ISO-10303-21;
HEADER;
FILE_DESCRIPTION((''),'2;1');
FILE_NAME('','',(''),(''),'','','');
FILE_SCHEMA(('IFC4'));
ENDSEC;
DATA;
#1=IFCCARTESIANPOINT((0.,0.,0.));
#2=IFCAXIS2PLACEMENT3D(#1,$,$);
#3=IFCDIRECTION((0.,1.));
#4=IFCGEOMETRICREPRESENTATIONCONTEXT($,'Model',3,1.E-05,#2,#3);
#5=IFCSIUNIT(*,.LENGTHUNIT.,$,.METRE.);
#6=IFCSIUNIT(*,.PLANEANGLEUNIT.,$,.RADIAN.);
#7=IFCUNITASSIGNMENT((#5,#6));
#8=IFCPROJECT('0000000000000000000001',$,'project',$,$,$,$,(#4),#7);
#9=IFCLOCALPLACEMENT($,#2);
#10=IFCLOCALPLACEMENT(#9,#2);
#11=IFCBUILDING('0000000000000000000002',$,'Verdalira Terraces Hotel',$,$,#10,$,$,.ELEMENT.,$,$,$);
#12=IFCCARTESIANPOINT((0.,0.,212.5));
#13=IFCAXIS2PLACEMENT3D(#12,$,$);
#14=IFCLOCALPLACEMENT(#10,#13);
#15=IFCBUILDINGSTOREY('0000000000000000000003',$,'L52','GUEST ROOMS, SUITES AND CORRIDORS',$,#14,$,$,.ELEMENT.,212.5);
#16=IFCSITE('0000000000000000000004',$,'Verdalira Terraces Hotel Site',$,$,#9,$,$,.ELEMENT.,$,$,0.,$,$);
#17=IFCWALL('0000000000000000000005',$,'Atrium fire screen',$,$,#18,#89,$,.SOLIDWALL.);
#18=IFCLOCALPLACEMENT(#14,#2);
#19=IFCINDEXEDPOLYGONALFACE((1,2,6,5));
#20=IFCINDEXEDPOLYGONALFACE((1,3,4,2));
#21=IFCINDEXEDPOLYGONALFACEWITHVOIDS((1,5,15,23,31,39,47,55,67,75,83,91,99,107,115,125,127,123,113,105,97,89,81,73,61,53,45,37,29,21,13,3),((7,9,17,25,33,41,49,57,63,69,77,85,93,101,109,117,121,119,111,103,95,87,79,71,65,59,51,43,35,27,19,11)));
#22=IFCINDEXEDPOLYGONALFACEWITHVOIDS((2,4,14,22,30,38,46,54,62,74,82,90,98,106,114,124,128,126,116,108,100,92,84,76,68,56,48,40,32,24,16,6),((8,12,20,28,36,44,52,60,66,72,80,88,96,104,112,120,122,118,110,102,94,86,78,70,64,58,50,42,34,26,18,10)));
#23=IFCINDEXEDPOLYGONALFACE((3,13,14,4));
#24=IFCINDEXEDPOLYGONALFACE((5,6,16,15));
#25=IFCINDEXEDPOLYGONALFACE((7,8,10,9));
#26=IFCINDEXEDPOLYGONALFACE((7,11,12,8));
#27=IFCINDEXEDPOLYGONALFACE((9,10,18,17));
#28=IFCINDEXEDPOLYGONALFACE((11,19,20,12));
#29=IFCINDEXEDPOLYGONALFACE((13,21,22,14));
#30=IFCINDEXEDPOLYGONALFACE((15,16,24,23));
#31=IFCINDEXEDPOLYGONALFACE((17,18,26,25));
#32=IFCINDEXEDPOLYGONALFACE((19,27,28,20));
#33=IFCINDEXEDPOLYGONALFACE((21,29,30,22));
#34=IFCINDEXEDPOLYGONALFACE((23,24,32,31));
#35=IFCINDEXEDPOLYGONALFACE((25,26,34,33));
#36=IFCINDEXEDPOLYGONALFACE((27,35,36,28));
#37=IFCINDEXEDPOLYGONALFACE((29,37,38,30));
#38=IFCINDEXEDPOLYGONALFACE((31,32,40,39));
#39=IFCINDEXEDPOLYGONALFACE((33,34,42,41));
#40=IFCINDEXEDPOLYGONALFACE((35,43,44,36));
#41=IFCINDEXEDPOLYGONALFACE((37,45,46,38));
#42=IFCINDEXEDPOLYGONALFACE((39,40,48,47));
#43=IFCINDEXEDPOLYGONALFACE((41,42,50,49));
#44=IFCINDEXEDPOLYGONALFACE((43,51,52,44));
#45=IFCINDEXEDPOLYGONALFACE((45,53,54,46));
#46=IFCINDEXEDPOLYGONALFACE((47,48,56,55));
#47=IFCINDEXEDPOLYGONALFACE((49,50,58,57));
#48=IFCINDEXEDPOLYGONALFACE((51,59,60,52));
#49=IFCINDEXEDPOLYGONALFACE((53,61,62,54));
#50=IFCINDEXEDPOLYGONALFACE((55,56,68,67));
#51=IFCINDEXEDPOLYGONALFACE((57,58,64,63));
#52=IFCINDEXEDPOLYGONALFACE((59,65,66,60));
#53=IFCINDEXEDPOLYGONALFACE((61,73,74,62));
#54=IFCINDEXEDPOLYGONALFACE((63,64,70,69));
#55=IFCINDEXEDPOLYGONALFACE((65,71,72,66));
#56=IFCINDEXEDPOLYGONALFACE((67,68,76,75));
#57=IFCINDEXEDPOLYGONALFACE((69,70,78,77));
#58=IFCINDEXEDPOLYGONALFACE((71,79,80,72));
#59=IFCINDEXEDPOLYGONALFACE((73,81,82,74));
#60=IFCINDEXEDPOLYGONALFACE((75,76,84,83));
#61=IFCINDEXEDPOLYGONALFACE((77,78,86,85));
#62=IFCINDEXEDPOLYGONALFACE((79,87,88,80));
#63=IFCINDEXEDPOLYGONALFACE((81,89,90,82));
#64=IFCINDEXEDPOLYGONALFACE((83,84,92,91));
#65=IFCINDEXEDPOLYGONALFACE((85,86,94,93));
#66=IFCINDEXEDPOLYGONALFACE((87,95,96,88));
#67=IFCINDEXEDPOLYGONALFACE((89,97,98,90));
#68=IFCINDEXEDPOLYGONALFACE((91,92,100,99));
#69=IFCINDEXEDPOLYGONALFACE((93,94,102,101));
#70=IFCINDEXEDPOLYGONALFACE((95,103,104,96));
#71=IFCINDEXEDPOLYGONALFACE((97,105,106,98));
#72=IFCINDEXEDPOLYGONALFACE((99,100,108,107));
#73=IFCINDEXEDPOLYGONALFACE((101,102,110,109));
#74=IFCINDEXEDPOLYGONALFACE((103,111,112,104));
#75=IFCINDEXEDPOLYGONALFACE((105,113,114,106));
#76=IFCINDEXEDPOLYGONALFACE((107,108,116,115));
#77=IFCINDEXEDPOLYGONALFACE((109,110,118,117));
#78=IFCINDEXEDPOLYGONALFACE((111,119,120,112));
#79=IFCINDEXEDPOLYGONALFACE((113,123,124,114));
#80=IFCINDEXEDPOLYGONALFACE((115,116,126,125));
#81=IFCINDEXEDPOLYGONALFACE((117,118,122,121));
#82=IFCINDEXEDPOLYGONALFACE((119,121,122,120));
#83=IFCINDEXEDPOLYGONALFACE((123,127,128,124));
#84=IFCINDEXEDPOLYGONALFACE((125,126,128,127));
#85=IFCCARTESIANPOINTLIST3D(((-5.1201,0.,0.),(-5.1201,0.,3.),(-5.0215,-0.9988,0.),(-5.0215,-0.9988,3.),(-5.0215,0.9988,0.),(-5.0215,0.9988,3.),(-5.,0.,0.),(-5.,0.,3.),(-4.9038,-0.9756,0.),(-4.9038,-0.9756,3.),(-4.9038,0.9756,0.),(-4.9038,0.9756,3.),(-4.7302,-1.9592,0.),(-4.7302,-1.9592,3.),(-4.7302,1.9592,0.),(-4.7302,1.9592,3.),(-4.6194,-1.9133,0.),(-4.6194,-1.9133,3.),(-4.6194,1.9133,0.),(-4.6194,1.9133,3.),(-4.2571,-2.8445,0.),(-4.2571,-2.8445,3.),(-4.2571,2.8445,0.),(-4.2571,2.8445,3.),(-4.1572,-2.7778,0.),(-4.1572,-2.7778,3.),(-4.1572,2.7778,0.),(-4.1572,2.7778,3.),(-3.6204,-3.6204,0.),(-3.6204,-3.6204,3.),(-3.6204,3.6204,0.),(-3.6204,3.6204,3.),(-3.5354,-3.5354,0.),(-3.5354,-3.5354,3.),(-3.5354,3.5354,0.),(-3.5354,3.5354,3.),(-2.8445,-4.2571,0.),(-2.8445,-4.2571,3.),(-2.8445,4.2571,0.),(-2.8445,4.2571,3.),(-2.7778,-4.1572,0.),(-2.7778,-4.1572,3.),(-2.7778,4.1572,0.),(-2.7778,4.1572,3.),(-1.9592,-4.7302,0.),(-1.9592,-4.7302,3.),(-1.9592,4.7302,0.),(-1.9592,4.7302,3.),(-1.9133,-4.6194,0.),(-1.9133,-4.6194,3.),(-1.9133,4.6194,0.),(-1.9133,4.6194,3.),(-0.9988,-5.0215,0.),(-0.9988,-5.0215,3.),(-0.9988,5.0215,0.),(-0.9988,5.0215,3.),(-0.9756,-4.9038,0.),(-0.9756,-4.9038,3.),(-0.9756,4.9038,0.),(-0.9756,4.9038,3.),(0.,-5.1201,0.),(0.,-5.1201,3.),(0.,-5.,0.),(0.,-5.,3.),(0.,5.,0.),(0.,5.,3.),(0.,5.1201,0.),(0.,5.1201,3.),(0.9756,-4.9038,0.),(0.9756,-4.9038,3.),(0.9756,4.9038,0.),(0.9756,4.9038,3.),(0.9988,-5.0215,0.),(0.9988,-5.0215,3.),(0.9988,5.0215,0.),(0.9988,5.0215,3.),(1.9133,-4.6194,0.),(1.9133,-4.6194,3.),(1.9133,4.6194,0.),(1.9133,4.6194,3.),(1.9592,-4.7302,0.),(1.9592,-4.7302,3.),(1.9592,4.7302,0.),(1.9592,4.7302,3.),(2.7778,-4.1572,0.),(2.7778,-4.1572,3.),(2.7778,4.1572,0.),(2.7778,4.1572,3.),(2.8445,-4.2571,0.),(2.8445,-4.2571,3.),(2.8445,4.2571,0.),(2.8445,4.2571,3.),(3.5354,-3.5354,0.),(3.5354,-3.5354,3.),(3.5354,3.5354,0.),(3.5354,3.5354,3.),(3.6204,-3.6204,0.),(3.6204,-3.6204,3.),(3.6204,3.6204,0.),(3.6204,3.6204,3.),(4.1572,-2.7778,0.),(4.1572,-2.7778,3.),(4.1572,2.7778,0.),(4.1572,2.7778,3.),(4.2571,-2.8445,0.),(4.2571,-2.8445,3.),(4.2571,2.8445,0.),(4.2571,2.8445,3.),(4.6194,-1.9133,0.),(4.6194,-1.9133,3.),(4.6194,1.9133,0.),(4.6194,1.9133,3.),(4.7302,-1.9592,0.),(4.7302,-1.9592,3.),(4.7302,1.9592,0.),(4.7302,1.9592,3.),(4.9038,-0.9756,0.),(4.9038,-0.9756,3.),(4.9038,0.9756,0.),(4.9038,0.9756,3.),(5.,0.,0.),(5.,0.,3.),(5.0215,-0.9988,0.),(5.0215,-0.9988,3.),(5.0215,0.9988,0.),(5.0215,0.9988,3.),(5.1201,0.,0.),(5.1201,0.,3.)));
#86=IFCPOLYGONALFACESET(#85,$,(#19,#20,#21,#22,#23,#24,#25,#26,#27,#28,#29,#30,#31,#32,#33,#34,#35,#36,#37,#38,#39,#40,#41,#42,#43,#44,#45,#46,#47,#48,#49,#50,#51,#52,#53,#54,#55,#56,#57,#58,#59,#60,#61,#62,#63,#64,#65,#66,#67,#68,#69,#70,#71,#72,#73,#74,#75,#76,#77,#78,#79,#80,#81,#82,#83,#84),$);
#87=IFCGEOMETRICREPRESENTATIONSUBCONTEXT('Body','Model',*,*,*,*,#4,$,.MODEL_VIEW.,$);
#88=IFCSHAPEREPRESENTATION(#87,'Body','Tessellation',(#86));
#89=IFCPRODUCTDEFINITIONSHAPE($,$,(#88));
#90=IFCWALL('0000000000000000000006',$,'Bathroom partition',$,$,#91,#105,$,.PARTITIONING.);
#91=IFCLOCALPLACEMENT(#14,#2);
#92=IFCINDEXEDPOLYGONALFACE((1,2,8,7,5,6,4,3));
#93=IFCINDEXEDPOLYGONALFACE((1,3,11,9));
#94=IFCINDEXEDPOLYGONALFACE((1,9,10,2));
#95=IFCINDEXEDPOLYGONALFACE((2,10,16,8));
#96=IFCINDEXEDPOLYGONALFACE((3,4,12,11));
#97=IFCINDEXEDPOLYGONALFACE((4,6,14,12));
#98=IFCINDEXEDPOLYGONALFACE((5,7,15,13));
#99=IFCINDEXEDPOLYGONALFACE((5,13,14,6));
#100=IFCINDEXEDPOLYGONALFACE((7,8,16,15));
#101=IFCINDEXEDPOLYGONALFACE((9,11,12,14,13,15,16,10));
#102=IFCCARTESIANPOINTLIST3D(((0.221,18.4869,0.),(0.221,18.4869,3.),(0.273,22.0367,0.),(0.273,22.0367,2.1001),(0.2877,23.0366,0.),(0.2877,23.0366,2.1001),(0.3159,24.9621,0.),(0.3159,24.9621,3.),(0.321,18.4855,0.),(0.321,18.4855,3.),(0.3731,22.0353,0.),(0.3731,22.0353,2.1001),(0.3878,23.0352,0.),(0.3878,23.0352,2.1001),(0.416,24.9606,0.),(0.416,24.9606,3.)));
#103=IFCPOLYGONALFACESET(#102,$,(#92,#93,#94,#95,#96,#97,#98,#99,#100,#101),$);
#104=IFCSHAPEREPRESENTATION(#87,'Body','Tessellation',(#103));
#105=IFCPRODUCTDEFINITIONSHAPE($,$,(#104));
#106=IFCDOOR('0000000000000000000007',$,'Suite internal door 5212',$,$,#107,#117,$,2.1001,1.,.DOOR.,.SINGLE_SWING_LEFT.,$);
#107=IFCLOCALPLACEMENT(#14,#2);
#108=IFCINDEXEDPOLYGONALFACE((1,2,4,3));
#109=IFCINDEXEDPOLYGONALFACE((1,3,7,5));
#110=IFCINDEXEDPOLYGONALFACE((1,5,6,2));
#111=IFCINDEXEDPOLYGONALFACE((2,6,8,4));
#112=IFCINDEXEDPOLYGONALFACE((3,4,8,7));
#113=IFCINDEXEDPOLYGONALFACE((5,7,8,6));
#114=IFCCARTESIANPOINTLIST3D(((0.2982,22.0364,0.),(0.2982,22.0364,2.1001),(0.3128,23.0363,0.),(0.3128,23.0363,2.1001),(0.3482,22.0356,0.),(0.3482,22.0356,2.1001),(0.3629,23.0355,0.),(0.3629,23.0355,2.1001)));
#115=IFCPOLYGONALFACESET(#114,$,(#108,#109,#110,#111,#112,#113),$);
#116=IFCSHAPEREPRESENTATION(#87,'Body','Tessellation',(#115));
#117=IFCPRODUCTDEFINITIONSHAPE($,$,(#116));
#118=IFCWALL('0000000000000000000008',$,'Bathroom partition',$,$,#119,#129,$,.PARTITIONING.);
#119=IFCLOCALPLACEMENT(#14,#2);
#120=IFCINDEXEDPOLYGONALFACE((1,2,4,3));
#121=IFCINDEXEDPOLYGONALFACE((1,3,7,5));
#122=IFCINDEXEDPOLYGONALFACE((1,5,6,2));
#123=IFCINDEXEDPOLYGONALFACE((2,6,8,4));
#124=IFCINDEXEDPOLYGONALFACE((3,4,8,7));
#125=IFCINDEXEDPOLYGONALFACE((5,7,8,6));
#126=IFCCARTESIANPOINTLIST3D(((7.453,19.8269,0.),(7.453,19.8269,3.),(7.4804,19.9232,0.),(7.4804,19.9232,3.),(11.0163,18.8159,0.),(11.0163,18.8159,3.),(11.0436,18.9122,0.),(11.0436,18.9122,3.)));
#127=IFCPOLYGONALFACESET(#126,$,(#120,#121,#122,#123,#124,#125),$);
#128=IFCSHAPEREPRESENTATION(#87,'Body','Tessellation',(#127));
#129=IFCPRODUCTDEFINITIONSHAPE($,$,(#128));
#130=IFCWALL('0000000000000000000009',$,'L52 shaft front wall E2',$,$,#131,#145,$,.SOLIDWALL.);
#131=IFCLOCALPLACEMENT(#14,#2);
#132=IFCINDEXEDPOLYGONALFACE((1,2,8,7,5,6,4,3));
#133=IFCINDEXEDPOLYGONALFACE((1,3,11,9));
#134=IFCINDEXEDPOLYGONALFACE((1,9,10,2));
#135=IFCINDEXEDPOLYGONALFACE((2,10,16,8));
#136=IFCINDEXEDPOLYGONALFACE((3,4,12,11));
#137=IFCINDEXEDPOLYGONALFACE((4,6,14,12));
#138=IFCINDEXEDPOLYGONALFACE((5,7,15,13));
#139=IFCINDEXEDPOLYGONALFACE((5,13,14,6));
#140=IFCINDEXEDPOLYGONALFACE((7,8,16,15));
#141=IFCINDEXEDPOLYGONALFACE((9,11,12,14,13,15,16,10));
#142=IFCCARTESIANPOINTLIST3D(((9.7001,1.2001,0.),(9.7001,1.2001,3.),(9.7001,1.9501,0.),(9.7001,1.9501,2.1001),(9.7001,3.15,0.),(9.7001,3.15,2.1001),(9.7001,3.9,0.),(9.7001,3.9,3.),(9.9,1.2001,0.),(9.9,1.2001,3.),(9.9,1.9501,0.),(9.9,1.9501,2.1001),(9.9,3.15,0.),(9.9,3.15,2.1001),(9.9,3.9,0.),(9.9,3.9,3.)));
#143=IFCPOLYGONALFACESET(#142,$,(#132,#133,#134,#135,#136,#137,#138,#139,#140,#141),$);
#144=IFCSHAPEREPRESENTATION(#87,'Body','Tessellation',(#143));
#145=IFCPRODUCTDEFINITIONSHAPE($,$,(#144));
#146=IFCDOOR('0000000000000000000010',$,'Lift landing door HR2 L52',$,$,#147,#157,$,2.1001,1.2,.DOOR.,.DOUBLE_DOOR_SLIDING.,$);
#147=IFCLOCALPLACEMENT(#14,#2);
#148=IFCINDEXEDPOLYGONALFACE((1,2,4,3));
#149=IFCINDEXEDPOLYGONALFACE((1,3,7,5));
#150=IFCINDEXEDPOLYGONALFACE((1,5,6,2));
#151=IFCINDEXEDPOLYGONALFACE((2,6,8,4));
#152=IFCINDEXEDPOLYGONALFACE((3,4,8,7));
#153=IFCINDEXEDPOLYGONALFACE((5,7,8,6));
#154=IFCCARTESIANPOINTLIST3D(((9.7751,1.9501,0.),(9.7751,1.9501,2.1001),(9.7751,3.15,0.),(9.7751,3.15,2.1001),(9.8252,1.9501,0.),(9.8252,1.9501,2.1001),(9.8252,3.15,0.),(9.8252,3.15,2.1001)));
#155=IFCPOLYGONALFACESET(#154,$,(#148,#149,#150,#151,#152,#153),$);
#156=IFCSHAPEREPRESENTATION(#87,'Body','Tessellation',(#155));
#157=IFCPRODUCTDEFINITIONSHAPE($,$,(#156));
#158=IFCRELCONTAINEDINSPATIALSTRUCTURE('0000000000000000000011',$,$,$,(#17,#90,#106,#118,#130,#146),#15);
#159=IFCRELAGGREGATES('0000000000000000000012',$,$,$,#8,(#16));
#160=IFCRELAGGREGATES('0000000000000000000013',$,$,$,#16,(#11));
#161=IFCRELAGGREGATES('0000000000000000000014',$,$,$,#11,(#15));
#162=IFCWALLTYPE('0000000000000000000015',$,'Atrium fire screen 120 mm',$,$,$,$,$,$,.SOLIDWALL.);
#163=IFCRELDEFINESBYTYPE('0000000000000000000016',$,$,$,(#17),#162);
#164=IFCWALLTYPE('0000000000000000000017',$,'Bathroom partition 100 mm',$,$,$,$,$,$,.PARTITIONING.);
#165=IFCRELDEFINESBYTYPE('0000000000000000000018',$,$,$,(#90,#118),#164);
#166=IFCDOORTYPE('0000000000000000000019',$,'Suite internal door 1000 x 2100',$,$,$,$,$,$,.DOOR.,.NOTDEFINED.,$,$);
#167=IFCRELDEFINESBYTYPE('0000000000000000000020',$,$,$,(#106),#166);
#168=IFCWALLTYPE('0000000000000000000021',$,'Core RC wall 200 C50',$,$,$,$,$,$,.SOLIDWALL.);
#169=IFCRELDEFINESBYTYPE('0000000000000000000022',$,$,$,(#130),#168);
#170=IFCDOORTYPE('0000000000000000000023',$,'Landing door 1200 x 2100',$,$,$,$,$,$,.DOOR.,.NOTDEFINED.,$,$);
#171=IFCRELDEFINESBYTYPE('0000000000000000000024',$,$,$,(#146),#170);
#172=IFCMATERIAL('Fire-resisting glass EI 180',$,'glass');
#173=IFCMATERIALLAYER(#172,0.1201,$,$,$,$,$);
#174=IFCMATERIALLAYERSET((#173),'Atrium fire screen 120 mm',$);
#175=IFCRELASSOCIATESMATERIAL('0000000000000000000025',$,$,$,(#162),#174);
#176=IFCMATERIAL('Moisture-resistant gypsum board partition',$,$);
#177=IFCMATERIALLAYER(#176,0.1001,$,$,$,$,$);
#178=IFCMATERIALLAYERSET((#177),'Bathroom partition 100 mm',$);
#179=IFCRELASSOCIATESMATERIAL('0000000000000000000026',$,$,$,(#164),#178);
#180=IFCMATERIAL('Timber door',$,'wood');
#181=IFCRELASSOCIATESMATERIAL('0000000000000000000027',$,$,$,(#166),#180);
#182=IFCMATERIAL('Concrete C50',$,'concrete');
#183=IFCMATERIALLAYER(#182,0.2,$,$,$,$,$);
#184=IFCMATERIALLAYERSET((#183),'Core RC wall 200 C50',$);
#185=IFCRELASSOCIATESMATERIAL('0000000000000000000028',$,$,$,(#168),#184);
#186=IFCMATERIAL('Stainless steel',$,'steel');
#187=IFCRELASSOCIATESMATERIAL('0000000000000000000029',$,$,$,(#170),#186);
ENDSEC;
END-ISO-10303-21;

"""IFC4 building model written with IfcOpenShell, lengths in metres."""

from ifc_helpers import new_model, si_unit, direction, frame, frame_2d, origin, place, context, subcontext, project, spatial, polyline, rectangle, outline, extrude, material, layer, layer_set, type_object, element, fill, save


model = new_model("IFC4")

# Units and contexts
model_context = context("Model", 3, precision=1e-05, world=origin(), true_north=direction((0.0, 1.0)))
body_context = subcontext(model_context, "Body", "Model", "MODEL_VIEW")
ifc_project = project(units=[si_unit("LENGTHUNIT", "METRE"), si_unit("PLANEANGLEUNIT", "RADIAN")], contexts=[model_context])

# Site, building, storey
site_placement = place(None, origin())
site = spatial("IfcSite", under=ifc_project, at=site_placement, Name="Verdalira Terraces Hotel Site", CompositionType="ELEMENT", RefElevation=0.0)
building_placement = place(site_placement, origin())
building = spatial("IfcBuilding", under=site, at=building_placement, Name="Verdalira Terraces Hotel", CompositionType="ELEMENT")
storey_placement = place(building_placement, frame((0.0, 0.0, 212.5)))
storey = spatial("IfcBuildingStorey", under=building, at=storey_placement, Name="L52", Description="GUEST ROOMS, SUITES AND CORRIDORS", CompositionType="ELEMENT", Elevation=212.5)

# Wall
ifc_material_1 = material(Name="Fire-resisting glass EI 180", Category="glass")
ifc_layer_1 = layer(ifc_material_1, 0.1201)
ifc_layer_set_1 = layer_set([ifc_layer_1], Name="Atrium fire screen 120 mm")
wall_type_1 = type_object("IfcWallType", Name="Atrium fire screen 120 mm", PredefinedType="SOLIDWALL", material=ifc_layer_set_1)
wall_1_placement = place(storey_placement, origin())
element("IfcWall", 1, at=wall_1_placement, inside=storey, type_object=wall_type_1, Name="Atrium fire screen", PredefinedType="SOLIDWALL", context=body_context, shape_type="SweptSolid", body=[
    extrude(outline(polyline([(5.0215, -0.9988), (4.7302, -1.9592), (4.2571, -2.8445), (3.6204, -3.6204), (2.8445, -4.2571), (1.9592, -4.7302), (0.9988, -5.0215), (0.0, -5.1201), (-0.9988, -5.0215), (-1.9592, -4.7302), (-2.8445, -4.2571), (-3.6204, -3.6204), (-4.2571, -2.8445), (-4.7302, -1.9592), (-5.0215, -0.9988), (-5.1201, 0.0), (-5.0215, 0.9988), (-4.7302, 1.9592), (-4.2571, 2.8445), (-3.6204, 3.6204), (-2.8445, 4.2571), (-1.9592, 4.7302), (-0.9988, 5.0215), (0.0, 5.1201), (0.9988, 5.0215), (1.9592, 4.7302), (2.8445, 4.2571), (3.6204, 3.6204), (4.2571, 2.8445), (4.7302, 1.9592), (5.0215, 0.9988), (5.1201, 0.0), (5.0215, -0.9988)]), holes=[polyline([(4.9038, 0.9756), (4.6194, 1.9133), (4.1572, 2.7778), (3.5354, 3.5354), (2.7778, 4.1572), (1.9133, 4.6194), (0.9756, 4.9038), (0.0, 5.0), (-0.9756, 4.9038), (-1.9133, 4.6194), (-2.7778, 4.1572), (-3.5354, 3.5354), (-4.1572, 2.7778), (-4.6194, 1.9133), (-4.9038, 0.9756), (-5.0, 0.0), (-4.9038, -0.9756), (-4.6194, -1.9133), (-4.1572, -2.7778), (-3.5354, -3.5354), (-2.7778, -4.1572), (-1.9133, -4.6194), (-0.9756, -4.9038), (0.0, -5.0), (0.9756, -4.9038), (1.9133, -4.6194), (2.7778, -4.1572), (3.5354, -3.5354), (4.1572, -2.7778), (4.6194, -1.9133), (4.9038, -0.9756), (5.0, 0.0), (4.9038, 0.9756)])]), origin(), (0.0, 0.0, 1.0), 3.0),
])

# Wall, opening, door
ifc_material_2 = material(Name="Moisture-resistant gypsum board partition")
ifc_layer_2 = layer(ifc_material_2, 0.1001)
ifc_layer_set_2 = layer_set([ifc_layer_2], Name="Bathroom partition 100 mm")
wall_type_2 = type_object("IfcWallType", Name="Bathroom partition 100 mm", PredefinedType="PARTITIONING", material=ifc_layer_set_2)
wall_2_placement = place(storey_placement, frame((0.271, 18.4863, 0.0), z_axis=(0.0, 0.0, 1.0), x_axis=(0.014665, 0.999892, 0.0)))
wall_2 = element("IfcWall", 2, at=wall_2_placement, inside=storey, type_object=wall_type_2, Name="Bathroom partition", PredefinedType="PARTITIONING", context=body_context, shape_type="SweptSolid", body=[
    extrude(rectangle(XDim=6.4758, YDim=0.1001, at=frame_2d((3.2378, 0.0))), origin(), (0.0, 0.0, 1.0), 3.0),
])
opening_1_placement = place(wall_2_placement, frame((3.55, 0.0, 0.0)))
opening_1 = element("IfcOpeningElement", 3, at=opening_1_placement, cuts=wall_2, PredefinedType="OPENING", context=body_context, shape_type="SweptSolid", body=[
    extrude(rectangle(XDim=1.0, YDim=2.1001, at=frame_2d((0.5, 1.05))), frame((0.0, 0.0601, 0.0), z_axis=(0.0, -1.0, 0.0), x_axis=(1.0, 0.0, 0.0)), (0.0, 0.0, 1.0), 0.1201),
])
ifc_material_3 = material(Name="Timber door", Category="wood")
door_type_1 = type_object("IfcDoorType", Name="Suite internal door 1000 x 2100", OperationType="NOTDEFINED", PredefinedType="DOOR", material=ifc_material_3)
door_1_placement = place(opening_1_placement, origin())
door_1 = element("IfcDoor", 4, at=door_1_placement, inside=storey, type_object=door_type_1, Name="Suite internal door 5212", OperationType="SINGLE_SWING_LEFT", OverallHeight=2.1001, OverallWidth=1.0, PredefinedType="DOOR", context=body_context, shape_type="SweptSolid", body=[
    extrude(rectangle(XDim=1.0, YDim=2.1001, at=frame_2d((0.5, 1.05))), frame((0.0, 0.0249, 0.0), z_axis=(0.0, -1.0, 0.0), x_axis=(1.0, 0.0, 0.0)), (0.0, 0.0, 1.0), 0.05),
])
fill(opening_1, door_1)

# Wall
wall_3_placement = place(storey_placement, frame((11.03, 18.864, 0.0), z_axis=(0.0, 0.0, 1.0), x_axis=(-0.962027, 0.272953, 0.0)))
element("IfcWall", 5, at=wall_3_placement, inside=storey, type_object=wall_type_2, Name="Bathroom partition", PredefinedType="PARTITIONING", context=body_context, shape_type="SweptSolid", body=[
    extrude(rectangle(XDim=3.7039, YDim=0.1001, at=frame_2d((1.8521, 0.0))), origin(), (0.0, 0.0, 1.0), 3.0),
])

# Wall, opening, door
ifc_material_4 = material(Name="Concrete C50", Category="concrete")
ifc_layer_3 = layer(ifc_material_4, 0.2)
ifc_layer_set_3 = layer_set([ifc_layer_3], Name="Core RC wall 200 C50")
wall_type_3 = type_object("IfcWallType", Name="Core RC wall 200 C50", PredefinedType="SOLIDWALL", material=ifc_layer_set_3)
wall_4_placement = place(storey_placement, frame((9.8, 1.2, 0.0), z_axis=(0.0, 0.0, 1.0), x_axis=(0.0, 1.0, 0.0)))
wall_4 = element("IfcWall", 6, at=wall_4_placement, inside=storey, type_object=wall_type_3, Name="L52 shaft front wall E2", PredefinedType="SOLIDWALL", context=body_context, shape_type="SweptSolid", body=[
    extrude(rectangle(XDim=2.7, YDim=0.2, at=frame_2d((1.3501, 0.0))), origin(), (0.0, 0.0, 1.0), 3.0),
])
opening_2_placement = place(wall_4_placement, frame((0.75, 0.0, 0.0)))
opening_2 = element("IfcOpeningElement", 7, at=opening_2_placement, cuts=wall_4, PredefinedType="OPENING", context=body_context, shape_type="SweptSolid", body=[
    extrude(rectangle(XDim=1.2, YDim=2.1001, at=frame_2d((0.6001, 1.05))), frame((0.0, 0.1099, 0.0), z_axis=(0.0, -1.0, 0.0), x_axis=(1.0, 0.0, 0.0)), (0.0, 0.0, 1.0), 0.22),
])
ifc_material_5 = material(Name="Stainless steel", Category="steel")
door_type_2 = type_object("IfcDoorType", Name="Landing door 1200 x 2100", OperationType="NOTDEFINED", PredefinedType="DOOR", material=ifc_material_5)
door_2_placement = place(opening_2_placement, origin())
door_2 = element("IfcDoor", 8, at=door_2_placement, inside=storey, type_object=door_type_2, Name="Lift landing door HR2 L52", OperationType="DOUBLE_DOOR_SLIDING", OverallHeight=2.1001, OverallWidth=1.2, PredefinedType="DOOR", context=body_context, shape_type="SweptSolid", body=[
    extrude(rectangle(XDim=1.2, YDim=2.1001, at=frame_2d((0.6001, 1.05))), frame((0.0, 0.0249, 0.0), z_axis=(0.0, -1.0, 0.0), x_axis=(1.0, 0.0, 0.0)), (0.0, 0.0, 1.0), 0.05),
])
fill(opening_2, door_2)

save(model, "model.ifc")
